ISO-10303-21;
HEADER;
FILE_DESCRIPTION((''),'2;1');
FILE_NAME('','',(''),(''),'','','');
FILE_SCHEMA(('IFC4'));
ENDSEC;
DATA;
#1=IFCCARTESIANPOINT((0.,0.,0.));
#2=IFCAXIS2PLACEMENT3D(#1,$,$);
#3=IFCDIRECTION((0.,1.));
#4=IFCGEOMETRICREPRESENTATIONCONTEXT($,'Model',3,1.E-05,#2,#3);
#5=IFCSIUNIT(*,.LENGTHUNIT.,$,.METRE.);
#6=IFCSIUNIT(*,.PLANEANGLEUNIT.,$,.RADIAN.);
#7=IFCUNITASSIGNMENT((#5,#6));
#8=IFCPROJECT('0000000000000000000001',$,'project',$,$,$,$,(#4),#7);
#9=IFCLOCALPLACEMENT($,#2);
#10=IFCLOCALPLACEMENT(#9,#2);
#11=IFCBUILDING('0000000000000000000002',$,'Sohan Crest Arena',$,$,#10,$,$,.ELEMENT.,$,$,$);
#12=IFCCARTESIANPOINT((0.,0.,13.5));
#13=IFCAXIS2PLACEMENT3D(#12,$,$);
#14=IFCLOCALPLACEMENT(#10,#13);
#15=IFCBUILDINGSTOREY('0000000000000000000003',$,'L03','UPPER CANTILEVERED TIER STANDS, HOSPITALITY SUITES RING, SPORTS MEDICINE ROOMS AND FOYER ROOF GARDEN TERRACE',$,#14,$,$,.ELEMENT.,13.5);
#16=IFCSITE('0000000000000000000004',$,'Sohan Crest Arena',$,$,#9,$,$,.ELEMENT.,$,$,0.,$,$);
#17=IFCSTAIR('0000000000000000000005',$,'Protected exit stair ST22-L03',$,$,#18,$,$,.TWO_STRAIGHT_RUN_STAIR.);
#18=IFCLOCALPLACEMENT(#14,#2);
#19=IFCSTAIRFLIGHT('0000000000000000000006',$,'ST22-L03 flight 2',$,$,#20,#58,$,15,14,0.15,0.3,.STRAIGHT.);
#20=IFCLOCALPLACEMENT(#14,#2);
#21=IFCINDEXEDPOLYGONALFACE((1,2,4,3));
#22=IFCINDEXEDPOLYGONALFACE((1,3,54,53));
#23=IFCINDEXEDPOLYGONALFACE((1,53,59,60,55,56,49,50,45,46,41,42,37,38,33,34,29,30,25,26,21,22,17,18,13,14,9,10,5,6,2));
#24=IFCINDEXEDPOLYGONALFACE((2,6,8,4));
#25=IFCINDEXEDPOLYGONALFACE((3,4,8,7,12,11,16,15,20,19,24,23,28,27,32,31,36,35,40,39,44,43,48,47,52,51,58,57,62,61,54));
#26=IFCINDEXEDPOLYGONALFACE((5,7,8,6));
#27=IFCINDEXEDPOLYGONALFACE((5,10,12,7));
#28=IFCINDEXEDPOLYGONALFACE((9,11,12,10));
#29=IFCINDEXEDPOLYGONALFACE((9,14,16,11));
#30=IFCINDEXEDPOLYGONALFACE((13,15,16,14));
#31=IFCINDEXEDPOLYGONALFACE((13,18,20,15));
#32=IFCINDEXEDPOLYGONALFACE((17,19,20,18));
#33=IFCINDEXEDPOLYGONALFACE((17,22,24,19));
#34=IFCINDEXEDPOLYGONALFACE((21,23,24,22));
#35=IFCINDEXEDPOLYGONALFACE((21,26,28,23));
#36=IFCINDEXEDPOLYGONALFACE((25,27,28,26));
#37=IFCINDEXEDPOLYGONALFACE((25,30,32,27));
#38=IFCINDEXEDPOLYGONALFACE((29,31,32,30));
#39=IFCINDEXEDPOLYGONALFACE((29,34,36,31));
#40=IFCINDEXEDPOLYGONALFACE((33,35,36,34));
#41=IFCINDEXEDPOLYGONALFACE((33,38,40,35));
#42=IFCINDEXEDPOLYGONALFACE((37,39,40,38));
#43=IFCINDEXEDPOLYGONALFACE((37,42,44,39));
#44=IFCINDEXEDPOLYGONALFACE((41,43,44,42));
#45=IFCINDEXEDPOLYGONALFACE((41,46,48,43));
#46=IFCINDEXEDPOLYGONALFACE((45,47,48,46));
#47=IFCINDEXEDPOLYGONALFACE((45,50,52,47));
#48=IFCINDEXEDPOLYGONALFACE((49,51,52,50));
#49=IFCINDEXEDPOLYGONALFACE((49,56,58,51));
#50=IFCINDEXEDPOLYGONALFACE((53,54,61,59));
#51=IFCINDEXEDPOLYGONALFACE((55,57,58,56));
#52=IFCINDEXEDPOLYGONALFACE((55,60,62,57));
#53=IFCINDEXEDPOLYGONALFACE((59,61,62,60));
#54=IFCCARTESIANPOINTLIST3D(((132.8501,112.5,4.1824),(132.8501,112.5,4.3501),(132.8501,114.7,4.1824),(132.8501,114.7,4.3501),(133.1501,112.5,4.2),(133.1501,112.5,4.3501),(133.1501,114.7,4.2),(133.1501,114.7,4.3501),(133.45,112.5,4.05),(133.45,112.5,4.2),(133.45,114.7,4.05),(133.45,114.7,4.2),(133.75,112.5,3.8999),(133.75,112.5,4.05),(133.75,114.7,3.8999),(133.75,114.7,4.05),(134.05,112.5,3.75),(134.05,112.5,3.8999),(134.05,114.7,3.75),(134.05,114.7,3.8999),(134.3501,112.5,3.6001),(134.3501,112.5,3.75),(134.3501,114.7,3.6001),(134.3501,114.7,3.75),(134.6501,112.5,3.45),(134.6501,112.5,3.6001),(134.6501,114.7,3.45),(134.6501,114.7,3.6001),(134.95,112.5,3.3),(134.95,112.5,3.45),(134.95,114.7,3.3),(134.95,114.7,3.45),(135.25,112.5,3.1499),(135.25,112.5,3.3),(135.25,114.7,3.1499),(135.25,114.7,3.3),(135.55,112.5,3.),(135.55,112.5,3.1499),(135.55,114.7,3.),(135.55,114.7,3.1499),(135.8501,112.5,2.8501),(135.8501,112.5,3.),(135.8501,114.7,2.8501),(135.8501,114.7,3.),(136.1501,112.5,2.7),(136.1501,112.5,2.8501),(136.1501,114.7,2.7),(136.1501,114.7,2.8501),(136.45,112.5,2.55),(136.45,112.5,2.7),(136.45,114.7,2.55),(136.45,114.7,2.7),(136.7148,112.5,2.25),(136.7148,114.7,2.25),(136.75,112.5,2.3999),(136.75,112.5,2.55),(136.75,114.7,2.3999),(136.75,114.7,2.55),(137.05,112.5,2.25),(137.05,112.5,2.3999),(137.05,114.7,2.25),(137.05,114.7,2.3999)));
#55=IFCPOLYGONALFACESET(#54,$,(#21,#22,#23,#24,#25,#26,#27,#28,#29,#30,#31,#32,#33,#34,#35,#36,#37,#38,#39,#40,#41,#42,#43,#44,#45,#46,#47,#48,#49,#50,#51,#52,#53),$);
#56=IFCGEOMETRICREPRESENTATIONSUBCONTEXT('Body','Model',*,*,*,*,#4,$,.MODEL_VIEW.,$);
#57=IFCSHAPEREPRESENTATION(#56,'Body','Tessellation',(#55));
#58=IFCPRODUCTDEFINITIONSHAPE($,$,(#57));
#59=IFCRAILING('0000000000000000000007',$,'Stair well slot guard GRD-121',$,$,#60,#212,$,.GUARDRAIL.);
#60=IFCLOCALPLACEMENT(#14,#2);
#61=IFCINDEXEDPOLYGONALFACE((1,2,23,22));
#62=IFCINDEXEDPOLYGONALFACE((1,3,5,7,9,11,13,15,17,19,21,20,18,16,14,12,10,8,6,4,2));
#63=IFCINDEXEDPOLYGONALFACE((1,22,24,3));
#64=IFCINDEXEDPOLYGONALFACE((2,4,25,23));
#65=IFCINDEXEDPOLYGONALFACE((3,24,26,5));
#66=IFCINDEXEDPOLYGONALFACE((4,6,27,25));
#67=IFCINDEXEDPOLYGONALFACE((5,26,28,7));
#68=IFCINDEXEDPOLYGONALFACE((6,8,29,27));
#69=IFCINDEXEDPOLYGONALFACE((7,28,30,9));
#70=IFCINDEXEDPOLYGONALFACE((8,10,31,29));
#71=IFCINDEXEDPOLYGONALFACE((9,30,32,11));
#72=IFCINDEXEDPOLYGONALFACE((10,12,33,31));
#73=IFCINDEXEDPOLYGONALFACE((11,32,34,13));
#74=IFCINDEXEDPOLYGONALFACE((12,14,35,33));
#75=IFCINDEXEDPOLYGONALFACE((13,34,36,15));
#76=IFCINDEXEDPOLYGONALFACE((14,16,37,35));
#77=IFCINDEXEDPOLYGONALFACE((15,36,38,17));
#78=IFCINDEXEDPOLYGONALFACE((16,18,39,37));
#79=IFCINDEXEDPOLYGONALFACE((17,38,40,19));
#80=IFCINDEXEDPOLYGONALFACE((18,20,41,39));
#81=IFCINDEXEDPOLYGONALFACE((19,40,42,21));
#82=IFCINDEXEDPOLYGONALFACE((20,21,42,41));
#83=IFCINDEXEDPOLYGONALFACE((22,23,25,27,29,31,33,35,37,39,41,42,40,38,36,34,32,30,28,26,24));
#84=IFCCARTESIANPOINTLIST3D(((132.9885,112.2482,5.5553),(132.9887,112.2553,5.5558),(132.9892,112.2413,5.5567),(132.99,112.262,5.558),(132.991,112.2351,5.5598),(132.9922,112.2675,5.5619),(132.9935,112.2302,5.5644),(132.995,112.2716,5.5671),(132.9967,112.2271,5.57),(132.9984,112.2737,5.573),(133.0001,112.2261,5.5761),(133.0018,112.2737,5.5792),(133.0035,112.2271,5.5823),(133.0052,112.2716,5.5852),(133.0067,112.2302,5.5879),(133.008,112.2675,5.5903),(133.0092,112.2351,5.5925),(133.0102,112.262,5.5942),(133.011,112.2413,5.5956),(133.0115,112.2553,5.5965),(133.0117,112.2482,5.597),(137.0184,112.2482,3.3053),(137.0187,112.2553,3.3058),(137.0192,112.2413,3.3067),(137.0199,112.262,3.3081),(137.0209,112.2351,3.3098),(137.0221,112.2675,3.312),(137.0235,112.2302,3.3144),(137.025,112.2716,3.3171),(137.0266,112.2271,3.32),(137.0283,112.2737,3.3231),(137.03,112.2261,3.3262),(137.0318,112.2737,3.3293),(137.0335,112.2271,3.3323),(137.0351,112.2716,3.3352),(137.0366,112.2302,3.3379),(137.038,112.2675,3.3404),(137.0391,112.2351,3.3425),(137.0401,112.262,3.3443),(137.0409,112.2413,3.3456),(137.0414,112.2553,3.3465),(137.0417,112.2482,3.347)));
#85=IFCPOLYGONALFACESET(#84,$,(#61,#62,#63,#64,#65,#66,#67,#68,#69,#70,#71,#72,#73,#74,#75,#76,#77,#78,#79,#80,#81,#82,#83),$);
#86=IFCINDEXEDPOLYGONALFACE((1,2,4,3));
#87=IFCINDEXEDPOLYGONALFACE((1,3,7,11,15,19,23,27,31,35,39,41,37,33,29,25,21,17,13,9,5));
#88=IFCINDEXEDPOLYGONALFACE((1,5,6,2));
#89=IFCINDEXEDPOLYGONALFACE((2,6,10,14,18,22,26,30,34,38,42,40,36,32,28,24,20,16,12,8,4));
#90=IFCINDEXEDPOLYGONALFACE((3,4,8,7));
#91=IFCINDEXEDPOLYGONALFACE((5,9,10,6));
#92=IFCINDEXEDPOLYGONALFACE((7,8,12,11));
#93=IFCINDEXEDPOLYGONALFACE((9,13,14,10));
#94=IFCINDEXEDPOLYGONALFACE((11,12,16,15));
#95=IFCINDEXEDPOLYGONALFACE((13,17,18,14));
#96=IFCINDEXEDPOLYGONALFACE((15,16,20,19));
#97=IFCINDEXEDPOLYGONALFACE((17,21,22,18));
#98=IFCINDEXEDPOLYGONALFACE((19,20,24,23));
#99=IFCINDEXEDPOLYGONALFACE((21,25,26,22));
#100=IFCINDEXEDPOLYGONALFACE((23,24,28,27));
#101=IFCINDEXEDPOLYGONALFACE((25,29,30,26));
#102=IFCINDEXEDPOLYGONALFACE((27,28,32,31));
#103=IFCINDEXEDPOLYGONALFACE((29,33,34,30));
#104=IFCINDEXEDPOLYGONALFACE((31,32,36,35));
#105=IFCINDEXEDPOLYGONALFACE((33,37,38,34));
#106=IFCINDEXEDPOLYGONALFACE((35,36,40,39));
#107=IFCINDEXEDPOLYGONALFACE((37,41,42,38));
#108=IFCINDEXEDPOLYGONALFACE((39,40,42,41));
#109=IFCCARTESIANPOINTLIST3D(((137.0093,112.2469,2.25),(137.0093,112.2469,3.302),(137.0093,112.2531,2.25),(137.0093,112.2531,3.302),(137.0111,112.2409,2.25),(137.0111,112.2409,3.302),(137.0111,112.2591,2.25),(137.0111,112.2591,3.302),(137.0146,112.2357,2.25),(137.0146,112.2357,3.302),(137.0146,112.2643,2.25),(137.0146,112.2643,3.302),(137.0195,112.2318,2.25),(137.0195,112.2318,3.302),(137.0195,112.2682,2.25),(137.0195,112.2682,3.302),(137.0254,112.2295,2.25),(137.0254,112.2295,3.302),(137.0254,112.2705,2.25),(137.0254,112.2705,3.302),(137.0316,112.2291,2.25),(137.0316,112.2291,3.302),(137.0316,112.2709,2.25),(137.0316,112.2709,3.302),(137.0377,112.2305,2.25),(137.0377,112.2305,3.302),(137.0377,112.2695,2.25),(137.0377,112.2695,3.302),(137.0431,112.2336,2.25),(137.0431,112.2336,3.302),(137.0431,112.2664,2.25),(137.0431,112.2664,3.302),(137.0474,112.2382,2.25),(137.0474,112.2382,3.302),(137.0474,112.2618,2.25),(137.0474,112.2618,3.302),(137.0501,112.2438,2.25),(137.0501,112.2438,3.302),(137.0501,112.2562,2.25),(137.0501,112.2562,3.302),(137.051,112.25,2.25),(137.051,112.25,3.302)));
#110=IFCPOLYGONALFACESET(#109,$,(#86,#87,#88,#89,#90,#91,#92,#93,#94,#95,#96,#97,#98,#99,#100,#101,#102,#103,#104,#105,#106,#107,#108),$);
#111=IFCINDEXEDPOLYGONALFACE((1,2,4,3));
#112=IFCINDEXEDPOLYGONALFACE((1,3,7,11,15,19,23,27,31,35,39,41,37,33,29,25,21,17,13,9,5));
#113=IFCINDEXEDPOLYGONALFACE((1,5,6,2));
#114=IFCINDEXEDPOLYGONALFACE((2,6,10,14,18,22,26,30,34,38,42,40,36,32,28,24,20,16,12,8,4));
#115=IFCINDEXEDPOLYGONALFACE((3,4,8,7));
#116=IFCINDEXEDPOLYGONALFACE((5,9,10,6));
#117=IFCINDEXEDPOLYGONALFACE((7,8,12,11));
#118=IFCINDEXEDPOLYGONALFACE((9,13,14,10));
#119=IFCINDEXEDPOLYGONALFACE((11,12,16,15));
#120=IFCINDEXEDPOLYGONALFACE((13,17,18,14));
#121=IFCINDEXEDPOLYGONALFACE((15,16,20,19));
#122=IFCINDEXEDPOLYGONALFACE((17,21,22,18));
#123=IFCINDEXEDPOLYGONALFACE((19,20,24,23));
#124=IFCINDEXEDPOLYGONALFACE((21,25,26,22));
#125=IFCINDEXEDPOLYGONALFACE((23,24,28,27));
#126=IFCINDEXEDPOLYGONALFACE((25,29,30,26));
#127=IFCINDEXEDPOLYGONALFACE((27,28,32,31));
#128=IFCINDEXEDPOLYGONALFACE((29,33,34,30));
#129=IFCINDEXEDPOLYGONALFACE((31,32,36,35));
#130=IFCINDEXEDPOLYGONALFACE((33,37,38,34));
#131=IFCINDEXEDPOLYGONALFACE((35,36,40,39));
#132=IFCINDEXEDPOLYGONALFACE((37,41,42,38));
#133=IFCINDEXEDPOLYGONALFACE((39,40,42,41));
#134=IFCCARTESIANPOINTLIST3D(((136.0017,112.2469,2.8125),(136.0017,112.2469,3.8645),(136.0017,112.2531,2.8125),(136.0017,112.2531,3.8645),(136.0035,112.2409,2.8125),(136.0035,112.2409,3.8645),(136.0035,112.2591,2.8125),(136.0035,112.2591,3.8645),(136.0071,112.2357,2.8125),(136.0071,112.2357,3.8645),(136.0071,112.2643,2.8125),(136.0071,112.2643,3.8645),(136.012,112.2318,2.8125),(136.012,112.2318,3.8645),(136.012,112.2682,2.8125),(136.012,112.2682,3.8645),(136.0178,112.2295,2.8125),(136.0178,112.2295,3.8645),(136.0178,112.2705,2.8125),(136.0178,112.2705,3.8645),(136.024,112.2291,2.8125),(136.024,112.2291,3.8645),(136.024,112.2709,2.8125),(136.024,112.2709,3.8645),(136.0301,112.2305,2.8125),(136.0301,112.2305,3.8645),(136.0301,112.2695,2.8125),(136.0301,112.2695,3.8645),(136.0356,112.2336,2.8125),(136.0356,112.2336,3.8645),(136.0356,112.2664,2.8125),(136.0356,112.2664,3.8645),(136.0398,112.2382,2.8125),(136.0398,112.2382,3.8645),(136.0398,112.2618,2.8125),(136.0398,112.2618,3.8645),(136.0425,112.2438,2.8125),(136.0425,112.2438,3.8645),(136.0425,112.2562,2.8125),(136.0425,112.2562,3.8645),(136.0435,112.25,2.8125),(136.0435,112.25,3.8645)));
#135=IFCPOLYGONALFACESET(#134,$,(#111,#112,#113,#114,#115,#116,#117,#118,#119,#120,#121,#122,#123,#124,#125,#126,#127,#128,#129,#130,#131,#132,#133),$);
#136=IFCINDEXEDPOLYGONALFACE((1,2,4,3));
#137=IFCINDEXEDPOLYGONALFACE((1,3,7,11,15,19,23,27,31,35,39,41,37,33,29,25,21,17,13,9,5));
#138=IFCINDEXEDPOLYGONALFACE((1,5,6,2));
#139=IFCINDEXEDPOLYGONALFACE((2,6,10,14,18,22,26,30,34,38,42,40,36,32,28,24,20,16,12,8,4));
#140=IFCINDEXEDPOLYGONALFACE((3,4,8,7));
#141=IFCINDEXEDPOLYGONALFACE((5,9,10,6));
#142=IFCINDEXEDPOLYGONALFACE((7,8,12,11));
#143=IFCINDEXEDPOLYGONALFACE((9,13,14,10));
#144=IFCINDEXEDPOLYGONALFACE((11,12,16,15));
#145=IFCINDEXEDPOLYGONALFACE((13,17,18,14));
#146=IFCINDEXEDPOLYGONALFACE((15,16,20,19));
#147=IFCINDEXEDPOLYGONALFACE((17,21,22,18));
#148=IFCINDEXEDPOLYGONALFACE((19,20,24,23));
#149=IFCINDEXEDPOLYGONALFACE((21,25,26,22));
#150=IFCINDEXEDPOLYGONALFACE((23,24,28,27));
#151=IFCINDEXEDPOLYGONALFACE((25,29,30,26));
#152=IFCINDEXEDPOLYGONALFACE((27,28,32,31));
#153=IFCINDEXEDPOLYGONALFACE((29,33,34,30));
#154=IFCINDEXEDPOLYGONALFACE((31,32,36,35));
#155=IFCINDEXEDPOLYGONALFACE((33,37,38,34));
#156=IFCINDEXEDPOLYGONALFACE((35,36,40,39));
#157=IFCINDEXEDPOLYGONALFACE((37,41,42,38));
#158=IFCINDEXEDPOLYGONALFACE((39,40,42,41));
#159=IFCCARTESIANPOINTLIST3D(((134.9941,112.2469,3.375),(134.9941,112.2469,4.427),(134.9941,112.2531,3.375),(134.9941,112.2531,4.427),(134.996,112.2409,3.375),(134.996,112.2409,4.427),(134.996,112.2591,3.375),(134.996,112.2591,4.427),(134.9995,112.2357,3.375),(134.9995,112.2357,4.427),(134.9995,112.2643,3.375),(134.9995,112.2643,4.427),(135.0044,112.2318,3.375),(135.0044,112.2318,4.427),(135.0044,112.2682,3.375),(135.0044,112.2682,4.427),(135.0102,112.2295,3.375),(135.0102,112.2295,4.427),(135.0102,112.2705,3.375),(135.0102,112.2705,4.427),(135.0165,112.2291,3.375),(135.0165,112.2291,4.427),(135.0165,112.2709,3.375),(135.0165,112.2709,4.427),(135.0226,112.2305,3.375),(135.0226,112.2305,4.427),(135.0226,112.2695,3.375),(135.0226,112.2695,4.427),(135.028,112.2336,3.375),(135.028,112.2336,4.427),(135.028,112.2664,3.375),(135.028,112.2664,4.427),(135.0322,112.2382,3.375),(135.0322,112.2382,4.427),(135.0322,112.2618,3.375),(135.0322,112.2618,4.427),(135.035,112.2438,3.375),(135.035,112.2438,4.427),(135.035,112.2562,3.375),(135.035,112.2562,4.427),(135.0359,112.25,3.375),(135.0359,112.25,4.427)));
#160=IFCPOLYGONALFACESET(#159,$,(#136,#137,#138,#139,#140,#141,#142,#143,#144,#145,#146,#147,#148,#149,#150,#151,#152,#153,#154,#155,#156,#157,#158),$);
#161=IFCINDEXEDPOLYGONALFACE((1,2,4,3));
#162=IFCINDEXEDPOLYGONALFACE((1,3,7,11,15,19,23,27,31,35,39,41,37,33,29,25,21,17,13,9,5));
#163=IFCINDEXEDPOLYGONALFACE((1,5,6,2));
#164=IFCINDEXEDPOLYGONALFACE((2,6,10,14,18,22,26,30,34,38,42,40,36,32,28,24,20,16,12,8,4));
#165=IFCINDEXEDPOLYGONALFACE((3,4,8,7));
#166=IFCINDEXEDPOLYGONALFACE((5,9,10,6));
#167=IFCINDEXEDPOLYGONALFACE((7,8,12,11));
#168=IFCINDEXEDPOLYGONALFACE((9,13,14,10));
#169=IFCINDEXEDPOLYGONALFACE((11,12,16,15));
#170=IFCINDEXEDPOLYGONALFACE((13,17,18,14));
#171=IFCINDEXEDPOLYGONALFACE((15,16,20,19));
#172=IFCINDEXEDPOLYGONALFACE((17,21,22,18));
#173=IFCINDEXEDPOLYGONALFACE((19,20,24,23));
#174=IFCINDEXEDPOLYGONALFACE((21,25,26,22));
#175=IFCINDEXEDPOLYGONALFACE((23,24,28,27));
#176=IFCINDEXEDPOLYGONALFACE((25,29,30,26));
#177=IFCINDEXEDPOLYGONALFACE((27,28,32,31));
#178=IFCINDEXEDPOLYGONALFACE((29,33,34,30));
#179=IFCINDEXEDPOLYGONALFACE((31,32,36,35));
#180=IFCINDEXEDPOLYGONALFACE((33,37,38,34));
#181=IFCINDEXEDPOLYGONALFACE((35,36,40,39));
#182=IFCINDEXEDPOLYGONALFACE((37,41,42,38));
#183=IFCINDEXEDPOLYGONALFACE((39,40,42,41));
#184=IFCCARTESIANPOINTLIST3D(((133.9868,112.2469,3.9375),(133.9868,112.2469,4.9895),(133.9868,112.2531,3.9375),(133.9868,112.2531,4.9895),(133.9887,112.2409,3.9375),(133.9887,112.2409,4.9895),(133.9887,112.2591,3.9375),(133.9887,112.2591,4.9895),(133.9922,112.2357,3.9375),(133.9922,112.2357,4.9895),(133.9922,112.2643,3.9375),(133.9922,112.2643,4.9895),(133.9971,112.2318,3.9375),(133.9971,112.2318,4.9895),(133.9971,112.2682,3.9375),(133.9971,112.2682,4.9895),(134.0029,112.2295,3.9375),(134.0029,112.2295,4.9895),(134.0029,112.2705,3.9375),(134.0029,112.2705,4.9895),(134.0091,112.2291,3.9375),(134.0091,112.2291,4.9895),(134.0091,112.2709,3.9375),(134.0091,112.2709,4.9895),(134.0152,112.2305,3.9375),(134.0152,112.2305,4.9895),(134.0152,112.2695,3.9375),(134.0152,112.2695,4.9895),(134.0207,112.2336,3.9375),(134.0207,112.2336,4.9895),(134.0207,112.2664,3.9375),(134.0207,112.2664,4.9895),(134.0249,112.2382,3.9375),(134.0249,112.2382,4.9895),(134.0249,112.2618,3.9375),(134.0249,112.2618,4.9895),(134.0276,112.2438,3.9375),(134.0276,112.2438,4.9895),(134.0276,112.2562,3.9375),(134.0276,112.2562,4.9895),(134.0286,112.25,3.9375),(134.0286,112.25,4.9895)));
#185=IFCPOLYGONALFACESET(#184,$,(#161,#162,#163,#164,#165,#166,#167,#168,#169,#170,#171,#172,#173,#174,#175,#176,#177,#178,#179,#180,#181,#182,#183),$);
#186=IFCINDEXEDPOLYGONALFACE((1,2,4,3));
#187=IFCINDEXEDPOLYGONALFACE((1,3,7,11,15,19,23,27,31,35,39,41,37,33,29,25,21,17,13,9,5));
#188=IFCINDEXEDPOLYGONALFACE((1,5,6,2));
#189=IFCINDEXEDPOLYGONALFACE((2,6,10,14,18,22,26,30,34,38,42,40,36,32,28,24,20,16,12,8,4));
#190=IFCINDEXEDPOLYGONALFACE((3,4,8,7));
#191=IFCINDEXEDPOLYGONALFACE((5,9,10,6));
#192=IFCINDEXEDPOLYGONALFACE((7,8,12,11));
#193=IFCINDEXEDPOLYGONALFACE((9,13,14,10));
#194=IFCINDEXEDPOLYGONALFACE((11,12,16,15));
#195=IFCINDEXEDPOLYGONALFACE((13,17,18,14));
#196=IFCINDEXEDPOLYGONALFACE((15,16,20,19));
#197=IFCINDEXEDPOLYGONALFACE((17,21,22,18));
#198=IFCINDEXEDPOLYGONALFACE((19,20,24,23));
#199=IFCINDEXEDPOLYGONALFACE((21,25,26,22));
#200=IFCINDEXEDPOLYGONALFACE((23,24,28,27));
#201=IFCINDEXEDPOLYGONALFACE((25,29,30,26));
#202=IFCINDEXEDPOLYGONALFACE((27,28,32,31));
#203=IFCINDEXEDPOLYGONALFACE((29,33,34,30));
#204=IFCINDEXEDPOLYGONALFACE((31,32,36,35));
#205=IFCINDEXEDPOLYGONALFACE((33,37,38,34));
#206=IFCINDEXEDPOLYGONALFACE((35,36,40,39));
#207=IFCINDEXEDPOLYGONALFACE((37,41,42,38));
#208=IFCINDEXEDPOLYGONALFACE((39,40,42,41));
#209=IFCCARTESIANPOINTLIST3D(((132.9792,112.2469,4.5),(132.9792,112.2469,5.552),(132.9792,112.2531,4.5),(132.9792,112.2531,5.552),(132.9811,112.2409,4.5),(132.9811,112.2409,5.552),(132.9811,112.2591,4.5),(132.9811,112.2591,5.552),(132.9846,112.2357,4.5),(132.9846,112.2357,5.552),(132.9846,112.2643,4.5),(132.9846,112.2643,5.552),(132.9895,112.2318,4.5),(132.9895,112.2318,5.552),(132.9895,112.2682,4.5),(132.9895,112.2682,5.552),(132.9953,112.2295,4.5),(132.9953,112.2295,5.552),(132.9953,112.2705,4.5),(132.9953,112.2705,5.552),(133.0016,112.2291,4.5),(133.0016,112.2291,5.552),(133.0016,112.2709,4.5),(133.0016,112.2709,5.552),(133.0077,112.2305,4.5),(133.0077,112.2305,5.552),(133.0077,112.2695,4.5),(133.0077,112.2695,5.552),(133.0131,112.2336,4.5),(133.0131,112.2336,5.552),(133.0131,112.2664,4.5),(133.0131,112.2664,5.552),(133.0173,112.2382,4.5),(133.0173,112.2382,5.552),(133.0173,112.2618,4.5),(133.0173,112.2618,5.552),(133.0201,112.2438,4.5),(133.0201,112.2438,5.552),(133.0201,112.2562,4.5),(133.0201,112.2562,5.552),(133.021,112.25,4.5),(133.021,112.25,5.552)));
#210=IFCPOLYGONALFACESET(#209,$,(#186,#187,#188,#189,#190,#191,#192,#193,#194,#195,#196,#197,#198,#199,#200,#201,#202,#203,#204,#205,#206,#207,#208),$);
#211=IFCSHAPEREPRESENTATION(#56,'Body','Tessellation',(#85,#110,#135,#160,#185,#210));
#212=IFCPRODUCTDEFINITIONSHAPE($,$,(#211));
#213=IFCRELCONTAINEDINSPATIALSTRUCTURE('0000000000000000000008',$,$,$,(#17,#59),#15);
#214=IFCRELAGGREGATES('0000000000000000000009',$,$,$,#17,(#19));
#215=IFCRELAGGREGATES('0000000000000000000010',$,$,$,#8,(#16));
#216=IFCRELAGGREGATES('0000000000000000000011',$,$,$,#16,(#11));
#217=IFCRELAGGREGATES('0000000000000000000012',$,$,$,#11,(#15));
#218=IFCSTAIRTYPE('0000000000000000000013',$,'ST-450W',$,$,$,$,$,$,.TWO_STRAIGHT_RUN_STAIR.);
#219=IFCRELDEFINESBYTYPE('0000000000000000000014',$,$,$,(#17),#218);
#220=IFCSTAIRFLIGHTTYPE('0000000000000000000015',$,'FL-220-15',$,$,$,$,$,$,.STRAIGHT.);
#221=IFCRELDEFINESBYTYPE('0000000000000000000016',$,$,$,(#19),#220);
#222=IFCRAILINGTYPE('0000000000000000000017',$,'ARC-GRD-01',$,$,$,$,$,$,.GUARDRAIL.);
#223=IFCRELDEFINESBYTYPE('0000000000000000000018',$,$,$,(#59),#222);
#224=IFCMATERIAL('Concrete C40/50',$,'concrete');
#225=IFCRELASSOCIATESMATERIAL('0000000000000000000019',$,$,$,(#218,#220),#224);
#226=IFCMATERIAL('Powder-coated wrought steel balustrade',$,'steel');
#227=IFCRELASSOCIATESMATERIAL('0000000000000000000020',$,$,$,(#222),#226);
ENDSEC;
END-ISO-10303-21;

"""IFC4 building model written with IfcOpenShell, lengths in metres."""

from ifc_helpers import new_model, si_unit, direction, frame, origin, origin_2d, place, context, subcontext, project, spatial, polyline, circle, outline, extrude, material, type_object, element, aggregate, save


model = new_model("IFC4")

# Units and contexts
model_context = context("Model", 3, precision=1e-05, world=origin(), true_north=direction((0.0, 1.0)))
body_context = subcontext(model_context, "Body", "Model", "MODEL_VIEW")
ifc_project = project(units=[si_unit("LENGTHUNIT", "METRE"), si_unit("PLANEANGLEUNIT", "RADIAN")], contexts=[model_context])

# Site, building, storey
site_placement = place(None, origin())
site = spatial("IfcSite", under=ifc_project, at=site_placement, Name="Sohan Crest Arena", CompositionType="ELEMENT", RefElevation=0.0)
building_placement = place(site_placement, origin())
building = spatial("IfcBuilding", under=site, at=building_placement, Name="Sohan Crest Arena", CompositionType="ELEMENT")
storey_placement = place(building_placement, frame((0.0, 0.0, 13.5)))
storey = spatial("IfcBuildingStorey", under=building, at=storey_placement, Name="L03", Description="UPPER CANTILEVERED TIER STANDS, HOSPITALITY SUITES RING, SPORTS MEDICINE ROOMS AND FOYER ROOF GARDEN TERRACE", CompositionType="ELEMENT", Elevation=13.5)

# Stair, stair flight
ifc_material_1 = material(Name="Concrete C40/50", Category="concrete")
stair_type = type_object("IfcStairType", Name="ST-450W", PredefinedType="TWO_STRAIGHT_RUN_STAIR", material=ifc_material_1)
stair_placement = place(storey_placement, origin())
stair = element("IfcStair", 1, at=stair_placement, inside=storey, type_object=stair_type, Name="Protected exit stair ST22-L03", PredefinedType="TWO_STRAIGHT_RUN_STAIR")
stair_flight_type = type_object("IfcStairFlightType", Name="FL-220-15", PredefinedType="STRAIGHT", material=ifc_material_1)
stair_flight_placement = place(storey_placement, frame((137.05, 113.6001, 2.25), z_axis=(0.0, 0.0, 1.0), x_axis=(-1.0, 0.0, 0.0)))
stair_flight = element("IfcStairFlight", 2, at=stair_flight_placement, type_object=stair_flight_type, Name="ST22-L03 flight 2", NumberOfRisers=15, NumberOfTreads=14, PredefinedType="STRAIGHT", RiserHeight=0.15, TreadLength=0.3, context=body_context, shape_type="SweptSolid", body=[
    extrude(outline(polyline([(0.0, 0.0), (0.0, 0.1499), (0.3, 0.1499), (0.3, 0.3), (0.6001, 0.3), (0.6001, 0.45), (0.8999, 0.45), (0.8999, 0.6001), (1.2, 0.6001), (1.2, 0.75), (1.5, 0.75), (1.5, 0.8999), (1.8, 0.8999), (1.8, 1.05), (2.1001, 1.05), (2.1001, 1.2), (2.3999, 1.2), (2.3999, 1.3501), (2.7, 1.3501), (2.7, 1.5), (3.0, 1.5), (3.0, 1.6499), (3.3, 1.6499), (3.3, 1.8), (3.6001, 1.8), (3.6001, 1.95), (3.8999, 1.95), (3.8999, 2.1001), (4.2, 2.1001), (4.2, 2.25), (4.2, 1.9324), (0.3352, 0.0), (0.0, 0.0)])), frame((0.0, 1.1001, 0.0), z_axis=(0.0, -1.0, 0.0), x_axis=(1.0, 0.0, 0.0)), (0.0, 0.0, 1.0), 2.2),
])
aggregate(stair, [stair_flight])

# Railing
ifc_material_2 = material(Name="Powder-coated wrought steel balustrade", Category="steel")
railing_type_1 = type_object("IfcRailingType", Name="ARC-GRD-01", PredefinedType="GUARDRAIL", material=ifc_material_2)
railing_1_placement = place(storey_placement, frame((137.03, 112.25, 2.25)))
element("IfcRailing", 3, at=railing_1_placement, inside=storey, type_object=railing_type_1, Name="Stair well slot guard GRD-121", PredefinedType="GUARDRAIL", context=body_context, shape_type="SweptSolid", body=[
    extrude(circle(Radius=0.0239, at=origin_2d()), frame((0.0, 0.0, 1.0762), z_axis=(-0.873135, 0.0, 0.487479), x_axis=(0.0, -1.0, 0.0)), (0.0, 0.0, 1.0), 4.6155),
    extrude(circle(Radius=0.021, at=origin_2d()), origin(), (0.0, 0.0, 1.0), 1.052),
    extrude(circle(Radius=0.021, at=origin_2d()), frame((-1.0076, 0.0, 0.5625)), (0.0, 0.0, 1.0), 1.052),
    extrude(circle(Radius=0.021, at=origin_2d()), frame((-2.0151, 0.0, 1.125)), (0.0, 0.0, 1.0), 1.052),
    extrude(circle(Radius=0.021, at=origin_2d()), frame((-3.0225, 0.0, 1.6875)), (0.0, 0.0, 1.0), 1.052),
    extrude(circle(Radius=0.021, at=origin_2d()), frame((-4.03, 0.0, 2.25)), (0.0, 0.0, 1.0), 1.052),
])

save(model, "model.ifc")
